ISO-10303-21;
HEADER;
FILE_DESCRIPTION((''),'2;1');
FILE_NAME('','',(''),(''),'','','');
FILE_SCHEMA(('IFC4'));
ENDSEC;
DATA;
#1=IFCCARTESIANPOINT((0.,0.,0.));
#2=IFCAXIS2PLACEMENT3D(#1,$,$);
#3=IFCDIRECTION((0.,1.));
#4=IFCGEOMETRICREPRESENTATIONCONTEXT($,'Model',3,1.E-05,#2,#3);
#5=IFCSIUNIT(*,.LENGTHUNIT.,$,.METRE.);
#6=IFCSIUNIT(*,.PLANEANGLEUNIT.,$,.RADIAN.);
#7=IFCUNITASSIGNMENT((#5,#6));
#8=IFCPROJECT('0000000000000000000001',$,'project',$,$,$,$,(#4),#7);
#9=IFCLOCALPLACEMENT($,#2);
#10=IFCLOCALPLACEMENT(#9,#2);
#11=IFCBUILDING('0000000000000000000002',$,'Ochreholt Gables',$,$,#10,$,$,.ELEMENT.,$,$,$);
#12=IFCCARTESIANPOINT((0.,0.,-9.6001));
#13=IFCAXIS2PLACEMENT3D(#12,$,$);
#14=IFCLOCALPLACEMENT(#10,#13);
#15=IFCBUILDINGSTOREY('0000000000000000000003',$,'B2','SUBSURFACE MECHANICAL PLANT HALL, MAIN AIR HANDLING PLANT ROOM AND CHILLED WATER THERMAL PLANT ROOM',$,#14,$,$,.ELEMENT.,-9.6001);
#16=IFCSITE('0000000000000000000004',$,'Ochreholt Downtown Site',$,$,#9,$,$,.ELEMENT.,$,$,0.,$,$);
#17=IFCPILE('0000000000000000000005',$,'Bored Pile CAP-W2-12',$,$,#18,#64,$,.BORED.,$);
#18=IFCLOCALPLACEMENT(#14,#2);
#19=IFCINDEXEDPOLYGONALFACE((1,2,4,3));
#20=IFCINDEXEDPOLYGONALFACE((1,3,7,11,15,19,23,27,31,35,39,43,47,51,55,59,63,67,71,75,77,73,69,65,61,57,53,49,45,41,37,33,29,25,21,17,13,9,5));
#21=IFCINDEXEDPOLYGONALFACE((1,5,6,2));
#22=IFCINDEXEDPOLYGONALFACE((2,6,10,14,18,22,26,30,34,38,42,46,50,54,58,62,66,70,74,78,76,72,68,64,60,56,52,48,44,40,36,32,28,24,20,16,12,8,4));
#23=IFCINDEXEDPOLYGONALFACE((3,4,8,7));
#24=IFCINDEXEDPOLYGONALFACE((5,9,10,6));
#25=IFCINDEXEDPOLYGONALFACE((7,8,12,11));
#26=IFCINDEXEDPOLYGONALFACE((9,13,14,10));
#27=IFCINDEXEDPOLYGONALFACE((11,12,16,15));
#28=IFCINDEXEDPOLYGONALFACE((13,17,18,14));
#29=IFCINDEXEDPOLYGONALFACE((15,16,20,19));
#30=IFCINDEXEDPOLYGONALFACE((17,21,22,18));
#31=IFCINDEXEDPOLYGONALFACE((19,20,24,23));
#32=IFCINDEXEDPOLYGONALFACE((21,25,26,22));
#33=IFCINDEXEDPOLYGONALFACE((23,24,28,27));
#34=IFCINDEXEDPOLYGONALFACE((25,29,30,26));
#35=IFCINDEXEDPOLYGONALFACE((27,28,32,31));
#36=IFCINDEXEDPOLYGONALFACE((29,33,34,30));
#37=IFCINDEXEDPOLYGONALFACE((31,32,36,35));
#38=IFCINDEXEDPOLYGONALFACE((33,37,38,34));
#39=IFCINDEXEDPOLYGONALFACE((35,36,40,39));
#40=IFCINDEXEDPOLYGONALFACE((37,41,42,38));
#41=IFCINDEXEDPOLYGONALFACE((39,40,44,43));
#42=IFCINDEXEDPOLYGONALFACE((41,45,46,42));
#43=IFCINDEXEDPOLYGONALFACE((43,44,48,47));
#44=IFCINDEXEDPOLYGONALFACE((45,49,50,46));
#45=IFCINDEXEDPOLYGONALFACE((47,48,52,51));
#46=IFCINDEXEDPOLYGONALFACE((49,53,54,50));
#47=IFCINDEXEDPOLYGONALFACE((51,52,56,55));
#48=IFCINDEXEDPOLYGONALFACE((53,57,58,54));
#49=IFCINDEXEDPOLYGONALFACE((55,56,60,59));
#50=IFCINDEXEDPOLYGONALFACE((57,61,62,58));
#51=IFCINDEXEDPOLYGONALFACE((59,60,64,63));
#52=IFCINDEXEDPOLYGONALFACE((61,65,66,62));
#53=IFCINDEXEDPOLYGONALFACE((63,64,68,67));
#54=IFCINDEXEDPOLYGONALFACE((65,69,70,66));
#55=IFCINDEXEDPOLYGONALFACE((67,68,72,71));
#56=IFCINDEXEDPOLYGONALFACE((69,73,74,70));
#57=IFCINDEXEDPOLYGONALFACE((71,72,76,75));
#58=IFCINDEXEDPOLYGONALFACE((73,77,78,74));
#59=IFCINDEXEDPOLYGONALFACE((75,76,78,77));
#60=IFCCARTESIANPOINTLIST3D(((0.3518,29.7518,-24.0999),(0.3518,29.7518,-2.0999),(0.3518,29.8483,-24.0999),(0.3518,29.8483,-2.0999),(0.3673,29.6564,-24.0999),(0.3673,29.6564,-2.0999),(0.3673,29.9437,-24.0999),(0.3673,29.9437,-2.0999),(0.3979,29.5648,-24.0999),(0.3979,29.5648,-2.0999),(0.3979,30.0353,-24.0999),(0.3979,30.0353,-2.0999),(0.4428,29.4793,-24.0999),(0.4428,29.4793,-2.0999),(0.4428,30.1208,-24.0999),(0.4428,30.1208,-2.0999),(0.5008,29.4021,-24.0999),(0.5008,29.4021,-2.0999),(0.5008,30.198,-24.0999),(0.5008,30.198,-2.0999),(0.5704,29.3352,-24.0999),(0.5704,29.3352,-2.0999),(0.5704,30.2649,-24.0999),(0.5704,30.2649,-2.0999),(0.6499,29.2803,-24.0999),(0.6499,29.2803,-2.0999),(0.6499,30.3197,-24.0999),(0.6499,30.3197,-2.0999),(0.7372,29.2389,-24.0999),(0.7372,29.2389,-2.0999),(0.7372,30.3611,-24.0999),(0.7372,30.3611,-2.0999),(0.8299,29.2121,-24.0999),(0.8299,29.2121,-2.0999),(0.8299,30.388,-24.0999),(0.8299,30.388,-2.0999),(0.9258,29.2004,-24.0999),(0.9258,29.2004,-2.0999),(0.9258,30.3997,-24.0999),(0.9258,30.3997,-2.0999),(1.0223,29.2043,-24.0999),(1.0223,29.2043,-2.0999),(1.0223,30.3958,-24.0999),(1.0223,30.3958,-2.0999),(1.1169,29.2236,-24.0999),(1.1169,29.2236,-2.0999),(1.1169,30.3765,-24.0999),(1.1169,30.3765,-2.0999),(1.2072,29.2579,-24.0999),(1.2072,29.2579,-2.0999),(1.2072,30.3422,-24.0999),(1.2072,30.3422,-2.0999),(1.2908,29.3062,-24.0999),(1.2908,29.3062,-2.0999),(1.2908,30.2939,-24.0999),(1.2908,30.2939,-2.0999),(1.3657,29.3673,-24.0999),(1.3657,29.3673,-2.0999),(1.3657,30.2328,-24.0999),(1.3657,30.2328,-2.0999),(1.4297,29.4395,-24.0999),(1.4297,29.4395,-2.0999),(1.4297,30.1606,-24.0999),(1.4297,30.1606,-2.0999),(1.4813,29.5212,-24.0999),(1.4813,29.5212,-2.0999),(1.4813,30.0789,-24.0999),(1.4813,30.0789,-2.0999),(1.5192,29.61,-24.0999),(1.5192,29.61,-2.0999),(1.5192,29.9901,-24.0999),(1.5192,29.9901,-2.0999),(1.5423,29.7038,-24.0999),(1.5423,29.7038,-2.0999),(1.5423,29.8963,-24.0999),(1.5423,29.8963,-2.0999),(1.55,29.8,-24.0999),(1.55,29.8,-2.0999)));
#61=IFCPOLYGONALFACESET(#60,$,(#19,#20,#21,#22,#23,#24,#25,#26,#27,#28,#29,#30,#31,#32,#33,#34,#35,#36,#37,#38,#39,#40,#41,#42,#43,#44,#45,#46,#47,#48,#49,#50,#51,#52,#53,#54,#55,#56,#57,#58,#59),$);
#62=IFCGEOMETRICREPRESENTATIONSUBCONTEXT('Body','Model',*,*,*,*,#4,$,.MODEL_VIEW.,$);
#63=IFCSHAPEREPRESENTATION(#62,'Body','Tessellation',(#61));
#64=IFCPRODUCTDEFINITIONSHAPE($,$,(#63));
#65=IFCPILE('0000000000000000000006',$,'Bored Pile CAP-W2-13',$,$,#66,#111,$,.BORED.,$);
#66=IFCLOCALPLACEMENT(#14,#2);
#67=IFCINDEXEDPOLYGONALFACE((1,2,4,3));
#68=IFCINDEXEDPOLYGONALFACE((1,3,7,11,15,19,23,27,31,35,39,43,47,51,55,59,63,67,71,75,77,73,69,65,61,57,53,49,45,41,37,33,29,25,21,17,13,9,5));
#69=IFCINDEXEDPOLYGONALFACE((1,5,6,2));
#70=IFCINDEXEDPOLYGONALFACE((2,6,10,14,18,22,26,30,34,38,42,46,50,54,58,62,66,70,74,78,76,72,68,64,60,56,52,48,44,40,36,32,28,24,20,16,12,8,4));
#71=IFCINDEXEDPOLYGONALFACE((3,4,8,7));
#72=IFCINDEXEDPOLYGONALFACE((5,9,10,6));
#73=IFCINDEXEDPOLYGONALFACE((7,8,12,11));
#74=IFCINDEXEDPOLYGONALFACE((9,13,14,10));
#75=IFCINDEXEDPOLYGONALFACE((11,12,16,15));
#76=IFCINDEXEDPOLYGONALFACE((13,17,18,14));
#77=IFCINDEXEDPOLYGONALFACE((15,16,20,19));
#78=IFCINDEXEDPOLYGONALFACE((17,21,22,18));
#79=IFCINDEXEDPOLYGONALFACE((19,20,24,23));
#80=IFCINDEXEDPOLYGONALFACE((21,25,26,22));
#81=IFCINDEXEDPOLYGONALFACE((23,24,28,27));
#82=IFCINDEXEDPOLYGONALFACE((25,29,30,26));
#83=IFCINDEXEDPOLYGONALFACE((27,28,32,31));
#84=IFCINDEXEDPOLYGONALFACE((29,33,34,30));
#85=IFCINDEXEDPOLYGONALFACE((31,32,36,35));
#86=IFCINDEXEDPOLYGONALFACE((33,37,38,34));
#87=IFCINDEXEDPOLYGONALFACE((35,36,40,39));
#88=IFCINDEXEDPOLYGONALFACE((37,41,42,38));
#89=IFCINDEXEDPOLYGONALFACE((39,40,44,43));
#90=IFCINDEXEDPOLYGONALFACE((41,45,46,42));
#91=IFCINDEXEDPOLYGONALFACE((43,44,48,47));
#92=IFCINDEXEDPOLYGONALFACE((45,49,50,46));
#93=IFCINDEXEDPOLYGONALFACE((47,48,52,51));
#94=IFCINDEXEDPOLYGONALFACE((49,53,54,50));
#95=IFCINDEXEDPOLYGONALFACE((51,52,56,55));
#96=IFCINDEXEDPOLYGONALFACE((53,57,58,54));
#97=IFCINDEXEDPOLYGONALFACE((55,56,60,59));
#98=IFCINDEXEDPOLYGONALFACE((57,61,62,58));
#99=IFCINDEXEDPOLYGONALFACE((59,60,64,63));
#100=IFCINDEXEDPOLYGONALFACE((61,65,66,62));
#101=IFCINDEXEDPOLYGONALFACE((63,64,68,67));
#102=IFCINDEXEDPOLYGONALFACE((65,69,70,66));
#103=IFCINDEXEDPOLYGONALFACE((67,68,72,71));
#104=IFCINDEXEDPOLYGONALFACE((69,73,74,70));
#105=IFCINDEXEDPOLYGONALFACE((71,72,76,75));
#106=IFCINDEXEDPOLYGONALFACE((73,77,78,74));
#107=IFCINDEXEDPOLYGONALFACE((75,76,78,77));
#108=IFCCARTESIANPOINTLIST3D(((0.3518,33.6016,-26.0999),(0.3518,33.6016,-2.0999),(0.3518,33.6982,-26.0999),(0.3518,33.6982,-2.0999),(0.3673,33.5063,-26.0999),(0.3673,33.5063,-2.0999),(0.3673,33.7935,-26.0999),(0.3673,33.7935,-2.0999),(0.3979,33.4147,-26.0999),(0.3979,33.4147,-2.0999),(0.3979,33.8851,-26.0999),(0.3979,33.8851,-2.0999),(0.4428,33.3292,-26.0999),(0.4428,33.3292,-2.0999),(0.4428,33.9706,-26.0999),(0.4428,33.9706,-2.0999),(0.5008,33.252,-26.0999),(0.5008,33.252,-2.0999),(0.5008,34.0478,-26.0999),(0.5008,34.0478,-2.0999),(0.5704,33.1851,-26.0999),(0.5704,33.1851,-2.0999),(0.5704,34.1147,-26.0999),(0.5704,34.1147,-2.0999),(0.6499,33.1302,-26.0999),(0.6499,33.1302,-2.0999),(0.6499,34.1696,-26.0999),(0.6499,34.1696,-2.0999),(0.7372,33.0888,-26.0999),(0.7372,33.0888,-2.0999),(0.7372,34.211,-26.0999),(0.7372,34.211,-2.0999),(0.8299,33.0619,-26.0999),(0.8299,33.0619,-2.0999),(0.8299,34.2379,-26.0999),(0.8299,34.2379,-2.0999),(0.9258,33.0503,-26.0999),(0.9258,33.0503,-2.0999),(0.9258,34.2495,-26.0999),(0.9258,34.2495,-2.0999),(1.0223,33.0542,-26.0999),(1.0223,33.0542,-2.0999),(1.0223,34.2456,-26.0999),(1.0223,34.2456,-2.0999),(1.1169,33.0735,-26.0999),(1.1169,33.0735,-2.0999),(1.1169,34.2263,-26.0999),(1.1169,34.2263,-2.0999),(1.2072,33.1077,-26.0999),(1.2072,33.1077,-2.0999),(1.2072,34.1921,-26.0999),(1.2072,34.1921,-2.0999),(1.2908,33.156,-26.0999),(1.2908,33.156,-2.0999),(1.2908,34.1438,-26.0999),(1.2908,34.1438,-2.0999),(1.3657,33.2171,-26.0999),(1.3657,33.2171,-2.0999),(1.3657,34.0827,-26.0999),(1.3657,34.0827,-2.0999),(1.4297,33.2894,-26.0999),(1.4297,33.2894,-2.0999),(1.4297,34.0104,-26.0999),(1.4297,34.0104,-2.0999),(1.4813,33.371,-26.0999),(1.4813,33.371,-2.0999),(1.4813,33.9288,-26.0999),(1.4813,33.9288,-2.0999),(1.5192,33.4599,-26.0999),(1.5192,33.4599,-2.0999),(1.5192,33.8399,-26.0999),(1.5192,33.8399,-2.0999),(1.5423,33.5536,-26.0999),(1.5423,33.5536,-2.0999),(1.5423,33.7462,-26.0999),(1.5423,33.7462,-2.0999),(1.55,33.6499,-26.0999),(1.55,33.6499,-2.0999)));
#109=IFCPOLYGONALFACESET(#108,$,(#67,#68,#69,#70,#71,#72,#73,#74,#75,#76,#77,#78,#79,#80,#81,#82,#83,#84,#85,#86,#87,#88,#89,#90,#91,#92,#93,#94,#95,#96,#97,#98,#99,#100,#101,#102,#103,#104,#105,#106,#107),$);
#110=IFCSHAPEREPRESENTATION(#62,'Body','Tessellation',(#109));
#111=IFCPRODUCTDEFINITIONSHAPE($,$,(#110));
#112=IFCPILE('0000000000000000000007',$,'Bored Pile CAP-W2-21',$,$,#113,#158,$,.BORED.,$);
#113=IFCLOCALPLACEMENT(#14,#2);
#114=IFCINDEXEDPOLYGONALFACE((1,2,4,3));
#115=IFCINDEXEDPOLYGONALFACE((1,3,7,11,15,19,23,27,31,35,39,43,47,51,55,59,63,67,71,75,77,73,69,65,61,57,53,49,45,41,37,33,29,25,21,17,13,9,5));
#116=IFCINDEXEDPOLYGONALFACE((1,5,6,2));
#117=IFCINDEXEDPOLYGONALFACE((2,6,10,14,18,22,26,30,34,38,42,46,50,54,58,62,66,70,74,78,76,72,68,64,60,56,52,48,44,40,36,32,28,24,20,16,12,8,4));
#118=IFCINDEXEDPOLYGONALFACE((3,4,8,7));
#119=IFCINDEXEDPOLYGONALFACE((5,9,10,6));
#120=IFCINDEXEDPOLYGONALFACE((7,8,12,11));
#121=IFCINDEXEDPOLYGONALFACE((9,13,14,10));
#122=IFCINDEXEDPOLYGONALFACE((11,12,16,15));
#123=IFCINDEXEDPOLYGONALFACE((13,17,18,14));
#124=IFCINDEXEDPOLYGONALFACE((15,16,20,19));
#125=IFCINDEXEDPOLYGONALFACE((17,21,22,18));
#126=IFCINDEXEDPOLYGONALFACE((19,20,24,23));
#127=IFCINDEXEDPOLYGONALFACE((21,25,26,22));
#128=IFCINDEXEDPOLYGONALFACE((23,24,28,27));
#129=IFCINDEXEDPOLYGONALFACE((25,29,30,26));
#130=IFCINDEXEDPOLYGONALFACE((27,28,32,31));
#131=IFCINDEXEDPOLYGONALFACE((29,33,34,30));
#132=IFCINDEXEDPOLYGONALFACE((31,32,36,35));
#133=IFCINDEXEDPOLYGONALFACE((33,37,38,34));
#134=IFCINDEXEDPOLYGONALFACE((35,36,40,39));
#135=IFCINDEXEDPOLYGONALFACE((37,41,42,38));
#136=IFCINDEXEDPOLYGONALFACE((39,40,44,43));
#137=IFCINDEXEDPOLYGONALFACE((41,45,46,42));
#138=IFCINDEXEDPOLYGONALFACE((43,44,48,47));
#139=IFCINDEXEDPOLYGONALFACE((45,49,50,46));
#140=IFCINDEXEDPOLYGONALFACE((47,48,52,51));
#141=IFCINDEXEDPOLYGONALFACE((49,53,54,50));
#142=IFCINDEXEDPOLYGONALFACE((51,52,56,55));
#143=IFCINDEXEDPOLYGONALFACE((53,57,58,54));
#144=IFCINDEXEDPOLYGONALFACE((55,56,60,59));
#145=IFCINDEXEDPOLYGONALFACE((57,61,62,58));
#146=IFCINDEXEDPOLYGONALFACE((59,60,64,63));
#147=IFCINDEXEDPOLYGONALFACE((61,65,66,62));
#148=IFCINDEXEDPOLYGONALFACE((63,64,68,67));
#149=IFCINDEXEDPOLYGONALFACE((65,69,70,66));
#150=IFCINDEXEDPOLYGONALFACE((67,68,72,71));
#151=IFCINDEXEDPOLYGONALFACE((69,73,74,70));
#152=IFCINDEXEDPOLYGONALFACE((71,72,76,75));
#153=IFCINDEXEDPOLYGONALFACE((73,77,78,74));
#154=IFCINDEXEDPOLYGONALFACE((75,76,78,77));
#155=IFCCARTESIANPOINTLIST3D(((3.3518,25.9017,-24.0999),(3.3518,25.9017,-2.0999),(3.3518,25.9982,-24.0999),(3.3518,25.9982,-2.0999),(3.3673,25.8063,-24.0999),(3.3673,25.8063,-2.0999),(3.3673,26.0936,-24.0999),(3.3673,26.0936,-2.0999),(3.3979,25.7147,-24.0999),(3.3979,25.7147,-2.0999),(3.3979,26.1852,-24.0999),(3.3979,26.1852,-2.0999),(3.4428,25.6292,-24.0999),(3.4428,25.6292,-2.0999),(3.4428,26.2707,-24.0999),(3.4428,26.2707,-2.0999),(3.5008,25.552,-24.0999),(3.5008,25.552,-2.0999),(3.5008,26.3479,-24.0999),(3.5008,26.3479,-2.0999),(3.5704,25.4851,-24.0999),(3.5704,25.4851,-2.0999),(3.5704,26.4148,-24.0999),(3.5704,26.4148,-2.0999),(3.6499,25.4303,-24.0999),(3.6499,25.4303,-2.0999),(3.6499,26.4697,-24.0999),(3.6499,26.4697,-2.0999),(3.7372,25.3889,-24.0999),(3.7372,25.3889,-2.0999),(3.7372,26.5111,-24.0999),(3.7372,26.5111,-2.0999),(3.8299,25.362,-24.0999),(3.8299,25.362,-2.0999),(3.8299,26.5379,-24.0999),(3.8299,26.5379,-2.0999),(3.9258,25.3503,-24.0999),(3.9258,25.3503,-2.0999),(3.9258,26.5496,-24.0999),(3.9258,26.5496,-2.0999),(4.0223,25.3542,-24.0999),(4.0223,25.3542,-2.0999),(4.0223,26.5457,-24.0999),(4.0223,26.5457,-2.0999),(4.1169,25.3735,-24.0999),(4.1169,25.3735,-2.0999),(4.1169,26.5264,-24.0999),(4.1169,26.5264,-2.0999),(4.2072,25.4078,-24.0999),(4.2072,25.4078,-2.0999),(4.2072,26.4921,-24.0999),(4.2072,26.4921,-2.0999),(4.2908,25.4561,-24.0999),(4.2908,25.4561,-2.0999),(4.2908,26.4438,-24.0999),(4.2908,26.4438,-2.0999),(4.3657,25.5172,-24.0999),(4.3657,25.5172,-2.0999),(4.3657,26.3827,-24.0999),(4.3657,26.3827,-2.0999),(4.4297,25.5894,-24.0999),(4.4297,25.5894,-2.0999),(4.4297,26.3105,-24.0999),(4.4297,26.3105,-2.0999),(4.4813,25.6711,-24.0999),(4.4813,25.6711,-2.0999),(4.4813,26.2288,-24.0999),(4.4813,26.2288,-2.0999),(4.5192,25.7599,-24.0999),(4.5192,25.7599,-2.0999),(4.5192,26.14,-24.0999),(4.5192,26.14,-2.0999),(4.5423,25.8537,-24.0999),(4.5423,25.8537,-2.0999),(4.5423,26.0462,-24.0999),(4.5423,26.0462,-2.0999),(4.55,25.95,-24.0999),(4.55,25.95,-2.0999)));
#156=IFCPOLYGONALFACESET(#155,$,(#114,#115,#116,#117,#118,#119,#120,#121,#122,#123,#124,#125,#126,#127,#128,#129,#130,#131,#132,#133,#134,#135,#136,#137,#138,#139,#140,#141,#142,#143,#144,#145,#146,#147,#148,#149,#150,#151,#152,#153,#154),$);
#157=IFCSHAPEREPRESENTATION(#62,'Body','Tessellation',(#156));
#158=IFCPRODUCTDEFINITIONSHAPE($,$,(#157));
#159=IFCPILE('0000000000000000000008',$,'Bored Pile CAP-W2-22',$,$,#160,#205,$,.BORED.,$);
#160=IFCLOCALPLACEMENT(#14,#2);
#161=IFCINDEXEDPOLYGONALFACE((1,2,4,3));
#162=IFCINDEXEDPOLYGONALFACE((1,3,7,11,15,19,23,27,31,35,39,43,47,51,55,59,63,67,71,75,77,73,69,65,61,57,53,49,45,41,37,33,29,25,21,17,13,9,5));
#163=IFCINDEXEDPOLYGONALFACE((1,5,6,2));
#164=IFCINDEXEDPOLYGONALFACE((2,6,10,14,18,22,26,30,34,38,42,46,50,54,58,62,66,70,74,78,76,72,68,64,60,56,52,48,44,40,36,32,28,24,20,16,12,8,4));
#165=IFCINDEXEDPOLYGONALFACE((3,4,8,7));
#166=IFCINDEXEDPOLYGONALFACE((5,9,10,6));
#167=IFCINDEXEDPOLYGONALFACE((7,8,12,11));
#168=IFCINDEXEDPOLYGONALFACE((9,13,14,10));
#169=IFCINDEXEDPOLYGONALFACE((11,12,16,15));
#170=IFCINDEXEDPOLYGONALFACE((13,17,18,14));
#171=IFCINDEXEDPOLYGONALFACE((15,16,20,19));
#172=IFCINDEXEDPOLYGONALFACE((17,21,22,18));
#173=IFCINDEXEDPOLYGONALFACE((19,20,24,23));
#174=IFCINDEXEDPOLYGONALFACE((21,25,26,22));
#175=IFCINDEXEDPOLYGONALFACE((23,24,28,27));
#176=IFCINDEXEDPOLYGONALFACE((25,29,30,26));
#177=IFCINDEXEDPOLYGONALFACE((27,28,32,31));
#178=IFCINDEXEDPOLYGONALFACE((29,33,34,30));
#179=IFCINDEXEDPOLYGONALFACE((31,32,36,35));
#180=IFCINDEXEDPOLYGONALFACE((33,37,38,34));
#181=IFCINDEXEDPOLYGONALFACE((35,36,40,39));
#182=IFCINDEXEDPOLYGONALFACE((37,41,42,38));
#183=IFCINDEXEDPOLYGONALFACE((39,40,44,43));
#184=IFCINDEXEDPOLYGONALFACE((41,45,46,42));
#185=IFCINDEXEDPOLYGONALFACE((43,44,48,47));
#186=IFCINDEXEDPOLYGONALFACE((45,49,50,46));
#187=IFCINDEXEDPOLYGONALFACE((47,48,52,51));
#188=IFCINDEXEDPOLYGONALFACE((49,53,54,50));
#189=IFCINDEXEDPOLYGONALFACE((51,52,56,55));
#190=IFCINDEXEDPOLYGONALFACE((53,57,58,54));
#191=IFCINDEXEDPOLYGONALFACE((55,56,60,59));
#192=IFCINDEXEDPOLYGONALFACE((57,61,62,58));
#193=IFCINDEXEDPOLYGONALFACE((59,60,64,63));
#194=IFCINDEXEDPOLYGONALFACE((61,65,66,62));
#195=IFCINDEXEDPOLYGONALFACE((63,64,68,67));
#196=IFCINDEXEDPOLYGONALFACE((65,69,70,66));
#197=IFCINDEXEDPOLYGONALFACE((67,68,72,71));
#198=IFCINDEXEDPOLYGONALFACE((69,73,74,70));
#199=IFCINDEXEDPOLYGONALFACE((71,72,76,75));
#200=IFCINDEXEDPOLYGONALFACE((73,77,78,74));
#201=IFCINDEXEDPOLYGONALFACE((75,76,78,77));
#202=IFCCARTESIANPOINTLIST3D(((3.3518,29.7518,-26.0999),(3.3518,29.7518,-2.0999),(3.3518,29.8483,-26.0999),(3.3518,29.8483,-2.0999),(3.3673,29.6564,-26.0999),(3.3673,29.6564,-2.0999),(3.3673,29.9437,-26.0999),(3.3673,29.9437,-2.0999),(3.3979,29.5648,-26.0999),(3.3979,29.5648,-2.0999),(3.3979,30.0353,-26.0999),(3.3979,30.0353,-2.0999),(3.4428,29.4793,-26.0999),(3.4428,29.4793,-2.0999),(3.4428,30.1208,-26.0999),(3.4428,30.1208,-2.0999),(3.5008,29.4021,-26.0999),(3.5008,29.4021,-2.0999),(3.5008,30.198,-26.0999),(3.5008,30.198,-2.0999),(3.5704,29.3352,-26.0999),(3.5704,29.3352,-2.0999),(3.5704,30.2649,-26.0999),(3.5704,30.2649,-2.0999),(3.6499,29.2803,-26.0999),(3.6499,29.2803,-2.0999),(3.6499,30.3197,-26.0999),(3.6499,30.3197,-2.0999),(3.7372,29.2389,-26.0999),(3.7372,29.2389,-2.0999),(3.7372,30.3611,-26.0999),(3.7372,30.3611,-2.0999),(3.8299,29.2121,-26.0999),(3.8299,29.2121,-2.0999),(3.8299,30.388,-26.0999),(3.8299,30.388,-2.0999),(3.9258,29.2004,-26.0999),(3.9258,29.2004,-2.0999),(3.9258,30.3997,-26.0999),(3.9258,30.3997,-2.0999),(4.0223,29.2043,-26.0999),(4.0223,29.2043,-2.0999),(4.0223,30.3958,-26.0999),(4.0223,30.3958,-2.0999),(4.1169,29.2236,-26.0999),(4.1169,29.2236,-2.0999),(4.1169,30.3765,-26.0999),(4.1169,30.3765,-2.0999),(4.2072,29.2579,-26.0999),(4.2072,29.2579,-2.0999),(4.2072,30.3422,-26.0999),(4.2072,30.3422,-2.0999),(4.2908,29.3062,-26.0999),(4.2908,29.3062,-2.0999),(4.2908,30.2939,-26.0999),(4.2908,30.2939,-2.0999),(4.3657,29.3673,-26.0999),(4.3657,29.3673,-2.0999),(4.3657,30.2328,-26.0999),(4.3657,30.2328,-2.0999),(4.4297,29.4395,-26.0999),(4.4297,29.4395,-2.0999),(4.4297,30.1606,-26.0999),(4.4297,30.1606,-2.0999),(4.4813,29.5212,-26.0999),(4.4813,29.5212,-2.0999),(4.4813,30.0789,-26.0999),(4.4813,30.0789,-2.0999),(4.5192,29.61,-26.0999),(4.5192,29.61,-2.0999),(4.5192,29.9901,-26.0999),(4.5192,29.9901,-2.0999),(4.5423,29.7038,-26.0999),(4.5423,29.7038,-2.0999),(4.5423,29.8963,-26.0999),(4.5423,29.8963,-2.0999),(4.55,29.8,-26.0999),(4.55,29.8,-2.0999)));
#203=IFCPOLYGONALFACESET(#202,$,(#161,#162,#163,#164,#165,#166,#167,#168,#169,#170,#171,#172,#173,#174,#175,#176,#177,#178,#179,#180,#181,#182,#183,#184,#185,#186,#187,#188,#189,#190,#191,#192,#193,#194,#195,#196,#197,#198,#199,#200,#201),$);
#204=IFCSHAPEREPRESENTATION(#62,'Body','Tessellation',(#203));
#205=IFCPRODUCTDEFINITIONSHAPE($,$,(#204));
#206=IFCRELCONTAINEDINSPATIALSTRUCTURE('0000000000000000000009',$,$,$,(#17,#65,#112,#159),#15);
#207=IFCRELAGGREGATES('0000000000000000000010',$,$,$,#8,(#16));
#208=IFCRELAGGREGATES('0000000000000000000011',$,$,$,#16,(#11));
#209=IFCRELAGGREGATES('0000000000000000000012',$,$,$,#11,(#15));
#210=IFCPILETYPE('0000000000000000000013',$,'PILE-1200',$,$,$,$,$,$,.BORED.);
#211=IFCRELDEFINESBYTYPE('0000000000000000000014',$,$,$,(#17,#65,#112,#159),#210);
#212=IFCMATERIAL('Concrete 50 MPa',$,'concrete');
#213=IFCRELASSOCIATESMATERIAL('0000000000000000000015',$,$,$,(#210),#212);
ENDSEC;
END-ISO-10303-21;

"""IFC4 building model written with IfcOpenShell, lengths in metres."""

from ifc_helpers import new_model, si_unit, direction, frame, origin, origin_2d, place, context, subcontext, project, spatial, circle, extrude, material, material_profile, profile_set, type_object, element, save


model = new_model("IFC4")

# Units and contexts
model_context = context("Model", 3, precision=1e-05, world=origin(), true_north=direction((0.0, 1.0)))
body_context = subcontext(model_context, "Body", "Model", "MODEL_VIEW")
ifc_project = project(units=[si_unit("LENGTHUNIT", "METRE"), si_unit("PLANEANGLEUNIT", "RADIAN")], contexts=[model_context])

# Site, building, storey
site_placement = place(None, origin())
site = spatial("IfcSite", under=ifc_project, at=site_placement, Name="Ochreholt Downtown Site", CompositionType="ELEMENT", RefElevation=0.0)
building_placement = place(site_placement, origin())
building = spatial("IfcBuilding", under=site, at=building_placement, Name="Ochreholt Gables", CompositionType="ELEMENT")
storey_placement = place(building_placement, frame((0.0, 0.0, -9.6001)))
storey = spatial("IfcBuildingStorey", under=building, at=storey_placement, Name="B2", Description="SUBSURFACE MECHANICAL PLANT HALL, MAIN AIR HANDLING PLANT ROOM AND CHILLED WATER THERMAL PLANT ROOM", CompositionType="ELEMENT", Elevation=-9.6001)

# Shared definitions
ifc_material_1 = material(Name="Concrete 50 MPa", Category="concrete")

# Piles
ifc_material_profile_1 = material_profile(ifc_material_1, circle(Radius=0.6001, at=origin_2d()), Name="PILE1200")
ifc_profile_set_1 = profile_set([ifc_material_profile_1], Name="Concrete 50 MPa")
pile_type = type_object("IfcPileType", Name="PILE-1200", PredefinedType="BORED", material=ifc_profile_set_1)
pile_1_placement = place(storey_placement, frame((0.95, 29.8, -2.0999), z_axis=(0.0, 0.0, -1.0), x_axis=(1.0, 0.0, 0.0)))
element("IfcPile", 1, at=pile_1_placement, inside=storey, type_object=pile_type, Name="Bored Pile CAP-W2-12", PredefinedType="BORED", context=body_context, shape_type="SweptSolid", body=[
    extrude(circle(Radius=0.6001, at=origin_2d()), origin(), (0.0, 0.0, 1.0), 22.0),
])
pile_2_placement = place(storey_placement, frame((0.95, 33.6499, -2.0999), z_axis=(0.0, 0.0, -1.0), x_axis=(1.0, 0.0, 0.0)))
element("IfcPile", 2, at=pile_2_placement, inside=storey, type_object=pile_type, Name="Bored Pile CAP-W2-13", PredefinedType="BORED", context=body_context, shape_type="SweptSolid", body=[
    extrude(circle(Radius=0.6001, at=origin_2d()), origin(), (0.0, 0.0, 1.0), 24.0),
])
pile_3_placement = place(storey_placement, frame((3.95, 25.95, -2.0999), z_axis=(0.0, 0.0, -1.0), x_axis=(1.0, 0.0, 0.0)))
element("IfcPile", 3, at=pile_3_placement, inside=storey, type_object=pile_type, Name="Bored Pile CAP-W2-21", PredefinedType="BORED", context=body_context, shape_type="SweptSolid", body=[
    extrude(circle(Radius=0.6001, at=origin_2d()), origin(), (0.0, 0.0, 1.0), 22.0),
])
pile_4_placement = place(storey_placement, frame((3.95, 29.8, -2.0999), z_axis=(0.0, 0.0, -1.0), x_axis=(1.0, 0.0, 0.0)))
element("IfcPile", 4, at=pile_4_placement, inside=storey, type_object=pile_type, Name="Bored Pile CAP-W2-22", PredefinedType="BORED", context=body_context, shape_type="SweptSolid", body=[
    extrude(circle(Radius=0.6001, at=origin_2d()), origin(), (0.0, 0.0, 1.0), 24.0),
])

save(model, "model.ifc")
